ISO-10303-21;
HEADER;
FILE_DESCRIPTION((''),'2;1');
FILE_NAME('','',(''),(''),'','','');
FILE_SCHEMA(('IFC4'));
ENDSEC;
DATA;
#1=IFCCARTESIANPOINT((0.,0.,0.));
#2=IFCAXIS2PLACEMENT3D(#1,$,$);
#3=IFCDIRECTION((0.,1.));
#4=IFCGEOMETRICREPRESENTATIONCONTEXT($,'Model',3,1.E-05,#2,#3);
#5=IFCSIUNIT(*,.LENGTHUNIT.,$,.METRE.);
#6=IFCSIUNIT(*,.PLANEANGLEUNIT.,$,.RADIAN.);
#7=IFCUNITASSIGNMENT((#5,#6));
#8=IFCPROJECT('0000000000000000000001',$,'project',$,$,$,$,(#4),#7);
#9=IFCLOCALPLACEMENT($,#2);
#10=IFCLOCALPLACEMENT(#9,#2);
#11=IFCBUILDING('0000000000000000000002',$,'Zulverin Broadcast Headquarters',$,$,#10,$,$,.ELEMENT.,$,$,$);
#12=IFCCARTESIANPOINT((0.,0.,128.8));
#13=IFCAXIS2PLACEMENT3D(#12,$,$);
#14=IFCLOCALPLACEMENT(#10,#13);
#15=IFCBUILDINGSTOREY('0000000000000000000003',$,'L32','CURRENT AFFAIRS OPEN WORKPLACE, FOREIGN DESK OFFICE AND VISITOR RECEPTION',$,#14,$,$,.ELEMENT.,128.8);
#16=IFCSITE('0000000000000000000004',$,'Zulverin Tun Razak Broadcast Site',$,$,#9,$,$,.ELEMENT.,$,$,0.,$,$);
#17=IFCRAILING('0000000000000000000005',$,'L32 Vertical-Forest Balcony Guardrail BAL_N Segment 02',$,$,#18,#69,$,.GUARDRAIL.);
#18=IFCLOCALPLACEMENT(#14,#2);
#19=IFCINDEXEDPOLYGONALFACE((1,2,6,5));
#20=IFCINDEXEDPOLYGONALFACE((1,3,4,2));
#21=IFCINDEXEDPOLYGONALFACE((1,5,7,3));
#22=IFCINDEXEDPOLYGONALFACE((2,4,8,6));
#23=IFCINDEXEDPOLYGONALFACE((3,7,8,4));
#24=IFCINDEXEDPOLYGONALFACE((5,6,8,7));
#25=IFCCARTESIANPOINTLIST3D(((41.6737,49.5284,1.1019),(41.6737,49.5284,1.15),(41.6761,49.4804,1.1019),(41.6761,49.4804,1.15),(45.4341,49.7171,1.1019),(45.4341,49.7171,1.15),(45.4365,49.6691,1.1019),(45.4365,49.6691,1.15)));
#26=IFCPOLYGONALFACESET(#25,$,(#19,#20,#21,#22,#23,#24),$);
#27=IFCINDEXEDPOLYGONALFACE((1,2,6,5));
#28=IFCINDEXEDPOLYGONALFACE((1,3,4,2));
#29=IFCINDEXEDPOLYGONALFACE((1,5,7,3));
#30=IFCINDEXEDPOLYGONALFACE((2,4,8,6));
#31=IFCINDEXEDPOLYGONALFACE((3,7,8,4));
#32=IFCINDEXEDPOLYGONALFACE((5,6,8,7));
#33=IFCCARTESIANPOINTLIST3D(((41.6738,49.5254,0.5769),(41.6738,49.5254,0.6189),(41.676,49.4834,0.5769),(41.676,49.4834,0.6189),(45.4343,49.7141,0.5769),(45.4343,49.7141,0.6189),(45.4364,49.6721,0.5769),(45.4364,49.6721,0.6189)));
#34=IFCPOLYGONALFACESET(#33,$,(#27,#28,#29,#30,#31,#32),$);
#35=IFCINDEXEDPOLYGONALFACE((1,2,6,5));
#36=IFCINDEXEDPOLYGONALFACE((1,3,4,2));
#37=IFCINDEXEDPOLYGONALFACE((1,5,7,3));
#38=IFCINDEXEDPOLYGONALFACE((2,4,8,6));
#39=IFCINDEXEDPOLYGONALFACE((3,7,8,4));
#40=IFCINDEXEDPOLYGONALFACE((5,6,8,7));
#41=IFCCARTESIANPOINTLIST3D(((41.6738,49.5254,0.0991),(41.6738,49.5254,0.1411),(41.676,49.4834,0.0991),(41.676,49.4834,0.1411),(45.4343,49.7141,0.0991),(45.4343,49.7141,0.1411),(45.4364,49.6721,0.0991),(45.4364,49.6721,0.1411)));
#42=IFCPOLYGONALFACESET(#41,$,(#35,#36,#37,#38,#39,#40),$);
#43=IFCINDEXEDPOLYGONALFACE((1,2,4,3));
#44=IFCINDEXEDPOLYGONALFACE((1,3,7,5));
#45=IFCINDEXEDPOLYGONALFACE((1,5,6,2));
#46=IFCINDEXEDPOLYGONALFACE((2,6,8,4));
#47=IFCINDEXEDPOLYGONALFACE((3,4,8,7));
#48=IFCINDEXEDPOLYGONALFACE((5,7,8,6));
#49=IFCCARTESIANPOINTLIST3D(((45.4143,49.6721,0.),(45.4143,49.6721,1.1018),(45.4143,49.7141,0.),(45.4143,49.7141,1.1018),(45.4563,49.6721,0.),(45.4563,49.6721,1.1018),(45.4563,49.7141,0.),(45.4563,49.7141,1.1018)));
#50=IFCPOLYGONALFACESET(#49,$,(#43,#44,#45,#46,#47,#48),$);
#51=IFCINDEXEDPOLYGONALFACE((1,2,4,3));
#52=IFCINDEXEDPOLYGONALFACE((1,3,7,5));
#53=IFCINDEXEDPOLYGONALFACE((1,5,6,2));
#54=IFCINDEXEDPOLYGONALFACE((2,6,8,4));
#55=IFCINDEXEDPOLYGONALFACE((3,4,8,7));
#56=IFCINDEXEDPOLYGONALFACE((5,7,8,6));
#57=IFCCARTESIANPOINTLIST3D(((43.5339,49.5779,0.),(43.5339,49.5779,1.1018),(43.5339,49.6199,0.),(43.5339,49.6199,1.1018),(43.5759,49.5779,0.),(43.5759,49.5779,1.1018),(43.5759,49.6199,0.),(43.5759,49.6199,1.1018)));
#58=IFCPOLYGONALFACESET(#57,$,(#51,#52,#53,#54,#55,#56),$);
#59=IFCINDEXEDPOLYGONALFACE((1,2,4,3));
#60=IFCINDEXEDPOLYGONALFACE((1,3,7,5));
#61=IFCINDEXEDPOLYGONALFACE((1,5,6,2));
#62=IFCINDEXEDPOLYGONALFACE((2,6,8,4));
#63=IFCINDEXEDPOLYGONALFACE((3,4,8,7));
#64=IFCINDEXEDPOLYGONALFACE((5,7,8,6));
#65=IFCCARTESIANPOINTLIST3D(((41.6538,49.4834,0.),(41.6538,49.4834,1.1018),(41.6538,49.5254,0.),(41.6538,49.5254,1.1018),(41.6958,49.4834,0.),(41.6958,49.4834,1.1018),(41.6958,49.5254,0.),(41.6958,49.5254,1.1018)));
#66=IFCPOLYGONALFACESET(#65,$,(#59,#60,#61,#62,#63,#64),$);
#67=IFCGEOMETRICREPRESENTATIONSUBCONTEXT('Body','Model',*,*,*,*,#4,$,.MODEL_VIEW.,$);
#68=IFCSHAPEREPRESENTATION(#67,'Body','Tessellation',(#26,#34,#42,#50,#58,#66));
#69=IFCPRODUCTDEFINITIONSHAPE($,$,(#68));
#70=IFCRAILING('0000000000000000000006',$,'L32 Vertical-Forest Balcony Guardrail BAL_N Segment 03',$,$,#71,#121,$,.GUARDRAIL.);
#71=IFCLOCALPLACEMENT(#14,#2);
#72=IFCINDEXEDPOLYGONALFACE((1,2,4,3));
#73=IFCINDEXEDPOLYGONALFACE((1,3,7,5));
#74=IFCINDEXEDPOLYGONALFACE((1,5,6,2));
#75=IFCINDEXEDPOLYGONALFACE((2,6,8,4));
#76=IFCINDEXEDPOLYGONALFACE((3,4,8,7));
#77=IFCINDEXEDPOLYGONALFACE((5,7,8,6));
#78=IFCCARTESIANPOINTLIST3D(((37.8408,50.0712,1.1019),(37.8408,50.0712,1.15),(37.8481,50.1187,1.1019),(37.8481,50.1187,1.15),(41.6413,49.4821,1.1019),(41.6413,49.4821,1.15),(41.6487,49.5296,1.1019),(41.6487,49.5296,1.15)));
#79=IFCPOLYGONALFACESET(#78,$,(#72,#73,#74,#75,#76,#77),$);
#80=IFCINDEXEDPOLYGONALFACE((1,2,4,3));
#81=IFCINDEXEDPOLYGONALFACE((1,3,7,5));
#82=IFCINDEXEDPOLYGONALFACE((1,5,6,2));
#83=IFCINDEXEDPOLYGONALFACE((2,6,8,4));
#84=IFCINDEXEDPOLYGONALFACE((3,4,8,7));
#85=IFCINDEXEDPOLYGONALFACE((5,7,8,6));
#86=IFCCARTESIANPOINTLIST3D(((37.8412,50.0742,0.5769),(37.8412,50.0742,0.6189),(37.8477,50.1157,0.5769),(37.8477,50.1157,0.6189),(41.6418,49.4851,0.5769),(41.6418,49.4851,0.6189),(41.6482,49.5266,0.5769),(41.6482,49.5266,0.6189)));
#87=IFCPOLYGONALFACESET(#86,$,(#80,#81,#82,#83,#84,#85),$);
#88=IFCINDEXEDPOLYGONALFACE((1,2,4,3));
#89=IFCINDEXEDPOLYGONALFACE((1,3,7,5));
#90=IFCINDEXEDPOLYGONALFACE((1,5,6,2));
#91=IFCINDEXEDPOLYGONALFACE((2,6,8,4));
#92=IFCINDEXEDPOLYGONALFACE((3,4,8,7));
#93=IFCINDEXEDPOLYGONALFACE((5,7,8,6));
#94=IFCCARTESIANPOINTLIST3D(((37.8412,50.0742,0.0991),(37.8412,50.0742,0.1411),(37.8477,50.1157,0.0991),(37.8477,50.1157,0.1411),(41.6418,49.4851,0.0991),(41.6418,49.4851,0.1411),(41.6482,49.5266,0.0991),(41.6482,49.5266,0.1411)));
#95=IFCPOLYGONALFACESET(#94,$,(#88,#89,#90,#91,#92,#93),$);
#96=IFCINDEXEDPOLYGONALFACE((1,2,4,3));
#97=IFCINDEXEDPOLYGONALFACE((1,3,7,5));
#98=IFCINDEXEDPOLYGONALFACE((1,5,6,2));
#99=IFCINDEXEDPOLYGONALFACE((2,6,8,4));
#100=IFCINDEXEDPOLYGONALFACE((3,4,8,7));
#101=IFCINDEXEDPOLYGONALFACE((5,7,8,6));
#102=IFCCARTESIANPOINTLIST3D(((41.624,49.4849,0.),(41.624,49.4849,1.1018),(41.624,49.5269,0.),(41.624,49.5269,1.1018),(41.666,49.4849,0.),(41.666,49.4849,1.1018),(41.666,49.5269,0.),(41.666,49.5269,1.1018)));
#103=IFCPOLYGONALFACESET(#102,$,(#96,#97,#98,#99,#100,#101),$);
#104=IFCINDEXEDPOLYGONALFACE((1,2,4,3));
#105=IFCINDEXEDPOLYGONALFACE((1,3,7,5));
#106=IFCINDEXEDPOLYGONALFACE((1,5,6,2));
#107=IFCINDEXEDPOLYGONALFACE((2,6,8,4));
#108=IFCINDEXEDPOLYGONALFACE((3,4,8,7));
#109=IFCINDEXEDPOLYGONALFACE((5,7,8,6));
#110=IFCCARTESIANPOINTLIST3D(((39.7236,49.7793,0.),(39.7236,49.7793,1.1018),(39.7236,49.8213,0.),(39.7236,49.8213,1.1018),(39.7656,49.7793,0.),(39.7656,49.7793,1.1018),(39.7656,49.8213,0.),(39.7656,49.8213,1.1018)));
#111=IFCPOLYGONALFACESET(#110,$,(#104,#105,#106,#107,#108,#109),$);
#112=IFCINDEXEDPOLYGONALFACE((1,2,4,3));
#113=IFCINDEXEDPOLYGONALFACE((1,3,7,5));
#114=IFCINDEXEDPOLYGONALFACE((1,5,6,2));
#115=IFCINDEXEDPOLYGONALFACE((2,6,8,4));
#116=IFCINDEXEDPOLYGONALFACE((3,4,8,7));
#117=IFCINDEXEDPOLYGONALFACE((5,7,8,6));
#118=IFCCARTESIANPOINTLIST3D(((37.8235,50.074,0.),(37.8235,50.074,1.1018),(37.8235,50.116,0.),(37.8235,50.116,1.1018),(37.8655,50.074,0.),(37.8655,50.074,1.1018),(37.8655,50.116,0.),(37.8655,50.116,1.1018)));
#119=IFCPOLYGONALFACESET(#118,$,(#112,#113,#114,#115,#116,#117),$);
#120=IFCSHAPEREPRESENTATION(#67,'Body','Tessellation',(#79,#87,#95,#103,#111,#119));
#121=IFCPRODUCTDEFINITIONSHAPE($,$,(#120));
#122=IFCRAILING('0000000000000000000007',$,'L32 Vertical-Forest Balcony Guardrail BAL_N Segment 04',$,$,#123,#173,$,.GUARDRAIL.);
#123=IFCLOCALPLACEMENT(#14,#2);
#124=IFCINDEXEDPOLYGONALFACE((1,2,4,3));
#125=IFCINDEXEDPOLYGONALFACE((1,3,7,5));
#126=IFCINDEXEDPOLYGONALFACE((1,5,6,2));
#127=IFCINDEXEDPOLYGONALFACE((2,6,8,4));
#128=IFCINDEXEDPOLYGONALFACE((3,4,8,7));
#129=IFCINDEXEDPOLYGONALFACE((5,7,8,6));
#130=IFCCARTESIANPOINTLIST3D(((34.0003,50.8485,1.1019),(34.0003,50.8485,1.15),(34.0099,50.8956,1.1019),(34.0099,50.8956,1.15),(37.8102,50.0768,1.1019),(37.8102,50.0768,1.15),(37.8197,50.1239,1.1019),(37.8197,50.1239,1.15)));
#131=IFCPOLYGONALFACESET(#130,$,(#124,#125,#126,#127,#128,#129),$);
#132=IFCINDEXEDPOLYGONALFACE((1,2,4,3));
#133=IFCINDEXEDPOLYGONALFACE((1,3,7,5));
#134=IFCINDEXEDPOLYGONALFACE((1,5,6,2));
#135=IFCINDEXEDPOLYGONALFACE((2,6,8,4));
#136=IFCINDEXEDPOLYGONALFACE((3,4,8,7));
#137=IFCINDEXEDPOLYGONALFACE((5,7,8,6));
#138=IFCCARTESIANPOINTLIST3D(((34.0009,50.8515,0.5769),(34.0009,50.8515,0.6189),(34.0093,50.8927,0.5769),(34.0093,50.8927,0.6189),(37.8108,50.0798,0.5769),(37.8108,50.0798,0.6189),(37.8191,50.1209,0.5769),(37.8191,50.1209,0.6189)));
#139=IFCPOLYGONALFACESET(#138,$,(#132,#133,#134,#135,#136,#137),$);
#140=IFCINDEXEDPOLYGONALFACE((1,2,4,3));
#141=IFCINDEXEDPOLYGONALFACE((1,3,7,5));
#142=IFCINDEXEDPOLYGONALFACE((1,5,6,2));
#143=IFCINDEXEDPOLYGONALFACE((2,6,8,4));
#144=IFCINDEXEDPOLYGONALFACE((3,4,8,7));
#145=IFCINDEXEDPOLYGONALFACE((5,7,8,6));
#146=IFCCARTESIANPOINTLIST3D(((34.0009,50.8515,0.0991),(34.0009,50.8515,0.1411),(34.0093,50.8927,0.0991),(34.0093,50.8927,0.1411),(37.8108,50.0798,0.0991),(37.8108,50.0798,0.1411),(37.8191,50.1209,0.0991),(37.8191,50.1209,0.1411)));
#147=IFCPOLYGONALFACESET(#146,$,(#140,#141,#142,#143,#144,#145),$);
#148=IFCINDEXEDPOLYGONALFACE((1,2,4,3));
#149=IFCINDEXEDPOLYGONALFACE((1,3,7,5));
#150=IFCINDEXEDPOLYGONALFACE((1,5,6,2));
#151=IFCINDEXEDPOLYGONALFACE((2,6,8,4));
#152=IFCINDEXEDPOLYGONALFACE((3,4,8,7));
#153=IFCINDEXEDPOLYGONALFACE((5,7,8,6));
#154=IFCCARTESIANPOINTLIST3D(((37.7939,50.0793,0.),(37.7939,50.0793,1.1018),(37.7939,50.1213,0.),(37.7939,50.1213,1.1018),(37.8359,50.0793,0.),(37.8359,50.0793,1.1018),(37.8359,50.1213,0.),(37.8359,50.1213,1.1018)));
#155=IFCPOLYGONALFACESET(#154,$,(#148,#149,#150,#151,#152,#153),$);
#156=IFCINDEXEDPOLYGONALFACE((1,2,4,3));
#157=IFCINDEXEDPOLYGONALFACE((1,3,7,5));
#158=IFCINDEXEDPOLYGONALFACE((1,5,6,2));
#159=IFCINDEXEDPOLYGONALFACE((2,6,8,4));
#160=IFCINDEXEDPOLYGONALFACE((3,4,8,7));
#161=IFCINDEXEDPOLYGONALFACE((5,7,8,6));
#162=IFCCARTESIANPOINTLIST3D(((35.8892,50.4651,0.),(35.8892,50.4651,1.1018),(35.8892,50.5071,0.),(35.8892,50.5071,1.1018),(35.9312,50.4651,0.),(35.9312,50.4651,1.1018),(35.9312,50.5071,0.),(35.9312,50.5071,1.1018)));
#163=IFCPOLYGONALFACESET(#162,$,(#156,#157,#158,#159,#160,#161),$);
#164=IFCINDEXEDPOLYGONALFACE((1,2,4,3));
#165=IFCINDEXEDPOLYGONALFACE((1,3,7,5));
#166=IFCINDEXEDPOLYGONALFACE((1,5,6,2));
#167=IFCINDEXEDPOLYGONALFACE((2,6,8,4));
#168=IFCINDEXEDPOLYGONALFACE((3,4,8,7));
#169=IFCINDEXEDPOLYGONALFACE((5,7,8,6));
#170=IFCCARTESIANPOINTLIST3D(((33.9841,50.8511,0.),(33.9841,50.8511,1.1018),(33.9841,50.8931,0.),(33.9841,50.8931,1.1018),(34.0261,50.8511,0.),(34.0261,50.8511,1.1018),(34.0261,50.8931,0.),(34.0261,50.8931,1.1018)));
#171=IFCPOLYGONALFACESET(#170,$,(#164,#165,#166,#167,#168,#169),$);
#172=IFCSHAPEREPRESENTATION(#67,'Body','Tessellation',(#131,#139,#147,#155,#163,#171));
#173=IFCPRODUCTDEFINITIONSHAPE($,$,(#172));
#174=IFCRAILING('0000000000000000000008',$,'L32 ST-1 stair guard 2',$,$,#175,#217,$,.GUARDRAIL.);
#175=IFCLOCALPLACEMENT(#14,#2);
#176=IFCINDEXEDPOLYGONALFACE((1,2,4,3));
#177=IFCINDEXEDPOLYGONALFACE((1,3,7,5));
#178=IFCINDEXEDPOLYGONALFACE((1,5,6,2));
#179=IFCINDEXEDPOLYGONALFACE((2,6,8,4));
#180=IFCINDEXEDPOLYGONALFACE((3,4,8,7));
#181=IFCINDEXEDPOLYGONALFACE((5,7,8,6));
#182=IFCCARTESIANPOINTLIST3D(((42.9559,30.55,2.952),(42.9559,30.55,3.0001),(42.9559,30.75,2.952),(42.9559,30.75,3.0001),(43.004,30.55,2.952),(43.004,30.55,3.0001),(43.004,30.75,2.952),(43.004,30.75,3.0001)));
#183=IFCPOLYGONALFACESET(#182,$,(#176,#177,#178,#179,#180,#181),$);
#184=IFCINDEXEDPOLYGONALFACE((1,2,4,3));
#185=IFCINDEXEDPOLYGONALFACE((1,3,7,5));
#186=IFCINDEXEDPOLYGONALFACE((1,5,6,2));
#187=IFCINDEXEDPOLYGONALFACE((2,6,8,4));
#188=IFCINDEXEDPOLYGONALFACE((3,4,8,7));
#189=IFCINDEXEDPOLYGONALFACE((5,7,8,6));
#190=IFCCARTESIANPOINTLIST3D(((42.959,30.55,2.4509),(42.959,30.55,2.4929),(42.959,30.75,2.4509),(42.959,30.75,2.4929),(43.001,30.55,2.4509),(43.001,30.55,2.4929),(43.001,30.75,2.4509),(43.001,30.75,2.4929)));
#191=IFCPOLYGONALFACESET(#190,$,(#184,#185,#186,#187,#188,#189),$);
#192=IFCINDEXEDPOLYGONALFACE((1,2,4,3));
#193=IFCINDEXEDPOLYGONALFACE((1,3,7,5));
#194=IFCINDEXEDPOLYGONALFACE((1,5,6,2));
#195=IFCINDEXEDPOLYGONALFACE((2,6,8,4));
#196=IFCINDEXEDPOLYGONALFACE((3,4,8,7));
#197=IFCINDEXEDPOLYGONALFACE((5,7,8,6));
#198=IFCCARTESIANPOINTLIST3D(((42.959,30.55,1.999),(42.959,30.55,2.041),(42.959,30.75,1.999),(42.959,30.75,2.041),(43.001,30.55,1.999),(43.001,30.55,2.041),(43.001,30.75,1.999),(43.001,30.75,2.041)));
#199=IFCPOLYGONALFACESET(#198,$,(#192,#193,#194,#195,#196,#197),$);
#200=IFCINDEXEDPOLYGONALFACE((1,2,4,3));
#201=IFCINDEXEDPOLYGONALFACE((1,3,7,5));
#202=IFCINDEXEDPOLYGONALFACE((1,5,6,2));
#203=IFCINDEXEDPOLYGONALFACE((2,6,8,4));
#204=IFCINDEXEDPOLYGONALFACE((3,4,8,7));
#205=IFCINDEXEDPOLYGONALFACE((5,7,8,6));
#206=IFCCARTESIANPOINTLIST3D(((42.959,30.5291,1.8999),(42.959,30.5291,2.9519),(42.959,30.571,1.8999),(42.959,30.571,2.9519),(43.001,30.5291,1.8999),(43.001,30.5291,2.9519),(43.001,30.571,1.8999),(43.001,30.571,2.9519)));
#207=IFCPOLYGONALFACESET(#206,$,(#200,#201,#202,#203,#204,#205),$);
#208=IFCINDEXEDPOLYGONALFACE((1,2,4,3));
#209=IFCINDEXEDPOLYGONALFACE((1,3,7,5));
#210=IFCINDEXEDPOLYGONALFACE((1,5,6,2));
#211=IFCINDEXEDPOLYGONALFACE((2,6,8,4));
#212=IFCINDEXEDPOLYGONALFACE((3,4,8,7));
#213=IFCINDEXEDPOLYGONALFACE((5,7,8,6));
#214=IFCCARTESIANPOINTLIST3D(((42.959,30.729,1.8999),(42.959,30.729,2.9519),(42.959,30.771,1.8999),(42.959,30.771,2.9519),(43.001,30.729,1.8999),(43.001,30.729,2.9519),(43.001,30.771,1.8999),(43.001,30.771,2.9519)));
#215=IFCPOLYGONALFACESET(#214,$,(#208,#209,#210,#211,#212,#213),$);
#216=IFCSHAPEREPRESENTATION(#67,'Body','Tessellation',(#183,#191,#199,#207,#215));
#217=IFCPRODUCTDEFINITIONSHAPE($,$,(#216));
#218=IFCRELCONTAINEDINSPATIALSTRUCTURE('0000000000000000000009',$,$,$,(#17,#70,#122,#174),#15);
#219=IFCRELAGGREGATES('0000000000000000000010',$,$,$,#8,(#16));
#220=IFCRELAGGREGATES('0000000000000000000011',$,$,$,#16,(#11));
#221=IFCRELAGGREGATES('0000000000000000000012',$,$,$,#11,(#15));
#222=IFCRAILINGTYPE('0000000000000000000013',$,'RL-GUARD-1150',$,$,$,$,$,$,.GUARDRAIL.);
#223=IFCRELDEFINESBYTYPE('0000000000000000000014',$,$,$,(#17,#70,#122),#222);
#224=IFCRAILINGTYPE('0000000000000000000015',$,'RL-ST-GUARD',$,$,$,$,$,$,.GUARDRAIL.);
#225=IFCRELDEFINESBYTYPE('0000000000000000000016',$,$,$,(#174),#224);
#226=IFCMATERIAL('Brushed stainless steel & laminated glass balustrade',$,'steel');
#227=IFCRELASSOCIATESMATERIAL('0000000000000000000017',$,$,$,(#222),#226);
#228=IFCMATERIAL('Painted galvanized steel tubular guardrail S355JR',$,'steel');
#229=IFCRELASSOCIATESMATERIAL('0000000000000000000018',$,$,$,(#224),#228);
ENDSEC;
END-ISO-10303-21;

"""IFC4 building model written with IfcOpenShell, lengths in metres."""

from ifc_helpers import new_model, si_unit, direction, frame, origin, origin_2d, place, context, subcontext, project, spatial, rectangle, extrude, material, type_object, element, save


model = new_model("IFC4")

# Units and contexts
model_context = context("Model", 3, precision=1e-05, world=origin(), true_north=direction((0.0, 1.0)))
body_context = subcontext(model_context, "Body", "Model", "MODEL_VIEW")
ifc_project = project(units=[si_unit("LENGTHUNIT", "METRE"), si_unit("PLANEANGLEUNIT", "RADIAN")], contexts=[model_context])

# Site, building, storey
site_placement = place(None, origin())
site = spatial("IfcSite", under=ifc_project, at=site_placement, Name="Zulverin Tun Razak Broadcast Site", CompositionType="ELEMENT", RefElevation=0.0)
building_placement = place(site_placement, origin())
building = spatial("IfcBuilding", under=site, at=building_placement, Name="Zulverin Broadcast Headquarters", CompositionType="ELEMENT")
storey_placement = place(building_placement, frame((0.0, 0.0, 128.8)))
storey = spatial("IfcBuildingStorey", under=building, at=storey_placement, Name="L32", Description="CURRENT AFFAIRS OPEN WORKPLACE, FOREIGN DESK OFFICE AND VISITOR RECEPTION", CompositionType="ELEMENT", Elevation=128.8)

# Railings
ifc_material_1 = material(Name="Brushed stainless steel & laminated glass balustrade", Category="steel")
railing_type_1 = type_object("IfcRailingType", Name="RL-GUARD-1150", PredefinedType="GUARDRAIL", material=ifc_material_1)
railing_1_placement = place(storey_placement, frame((45.4353, 49.6931, 0.0)))
element("IfcRailing", 1, at=railing_1_placement, inside=storey, type_object=railing_type_1, Name="L32 Vertical-Forest Balcony Guardrail BAL_N Segment 02", PredefinedType="GUARDRAIL", context=body_context, shape_type="SweptSolid", body=[
    extrude(rectangle(XDim=0.0481, YDim=0.0481, at=origin_2d()), frame((0.0, 0.0, 1.126), z_axis=(-0.998743, -0.050122, 0.0), x_axis=(0.050122, -0.998743, 0.0)), (0.0, 0.0, 1.0), 3.7651),
    extrude(rectangle(XDim=0.042, YDim=0.042, at=origin_2d()), frame((0.0, 0.0, 0.5979), z_axis=(-0.998743, -0.050122, 0.0), x_axis=(0.050122, -0.998743, 0.0)), (0.0, 0.0, 1.0), 3.7651),
    extrude(rectangle(XDim=0.042, YDim=0.042, at=origin_2d()), frame((0.0, 0.0, 0.1201), z_axis=(-0.998743, -0.050122, 0.0), x_axis=(0.050122, -0.998743, 0.0)), (0.0, 0.0, 1.0), 3.7651),
    extrude(rectangle(XDim=0.042, YDim=0.042, at=origin_2d()), origin(), (0.0, 0.0, 1.0), 1.1018),
    extrude(rectangle(XDim=0.042, YDim=0.042, at=origin_2d()), frame((-1.8804, -0.0942, 0.0)), (0.0, 0.0, 1.0), 1.1018),
    extrude(rectangle(XDim=0.042, YDim=0.042, at=origin_2d()), frame((-3.7605, -0.1887, 0.0)), (0.0, 0.0, 1.0), 1.1018),
])
railing_2_placement = place(storey_placement, frame((41.645, 49.5059, 0.0)))
element("IfcRailing", 2, at=railing_2_placement, inside=storey, type_object=railing_type_1, Name="L32 Vertical-Forest Balcony Guardrail BAL_N Segment 03", PredefinedType="GUARDRAIL", context=body_context, shape_type="SweptSolid", body=[
    extrude(rectangle(XDim=0.0481, YDim=0.0481, at=origin_2d()), frame((0.0, 0.0, 1.126), z_axis=(-0.988199, 0.153178, 0.0), x_axis=(-0.153178, -0.988199, 0.0)), (0.0, 0.0, 1.0), 3.8459),
    extrude(rectangle(XDim=0.042, YDim=0.042, at=origin_2d()), frame((0.0, 0.0, 0.5979), z_axis=(-0.988199, 0.153178, 0.0), x_axis=(-0.153178, -0.988199, 0.0)), (0.0, 0.0, 1.0), 3.8459),
    extrude(rectangle(XDim=0.042, YDim=0.042, at=origin_2d()), frame((0.0, 0.0, 0.1201), z_axis=(-0.988199, 0.153178, 0.0), x_axis=(-0.153178, -0.988199, 0.0)), (0.0, 0.0, 1.0), 3.8459),
    extrude(rectangle(XDim=0.042, YDim=0.042, at=origin_2d()), origin(), (0.0, 0.0, 1.0), 1.1018),
    extrude(rectangle(XDim=0.042, YDim=0.042, at=origin_2d()), frame((-1.9004, 0.2944, 0.0)), (0.0, 0.0, 1.0), 1.1018),
    extrude(rectangle(XDim=0.042, YDim=0.042, at=origin_2d()), frame((-3.8005, 0.5891, 0.0)), (0.0, 0.0, 1.0), 1.1018),
])
railing_3_placement = place(storey_placement, frame((37.8149, 50.1003, 0.0)))
element("IfcRailing", 3, at=railing_3_placement, inside=storey, type_object=railing_type_1, Name="L32 Vertical-Forest Balcony Guardrail BAL_N Segment 04", PredefinedType="GUARDRAIL", context=body_context, shape_type="SweptSolid", body=[
    extrude(rectangle(XDim=0.0481, YDim=0.0481, at=origin_2d()), frame((0.0, 0.0, 1.126), z_axis=(-0.980095, 0.198531, 0.0), x_axis=(-0.198531, -0.980095, 0.0)), (0.0, 0.0, 1.0), 3.8872),
    extrude(rectangle(XDim=0.042, YDim=0.042, at=origin_2d()), frame((0.0, 0.0, 0.5979), z_axis=(-0.980095, 0.198531, 0.0), x_axis=(-0.198531, -0.980095, 0.0)), (0.0, 0.0, 1.0), 3.8872),
    extrude(rectangle(XDim=0.042, YDim=0.042, at=origin_2d()), frame((0.0, 0.0, 0.1201), z_axis=(-0.980095, 0.198531, 0.0), x_axis=(-0.198531, -0.980095, 0.0)), (0.0, 0.0, 1.0), 3.8872),
    extrude(rectangle(XDim=0.042, YDim=0.042, at=origin_2d()), origin(), (0.0, 0.0, 1.0), 1.1018),
    extrude(rectangle(XDim=0.042, YDim=0.042, at=origin_2d()), frame((-1.9048, 0.3857, 0.0)), (0.0, 0.0, 1.0), 1.1018),
    extrude(rectangle(XDim=0.042, YDim=0.042, at=origin_2d()), frame((-3.8098, 0.7717, 0.0)), (0.0, 0.0, 1.0), 1.1018),
])
ifc_material_2 = material(Name="Painted galvanized steel tubular guardrail S355JR", Category="steel")
railing_type_2 = type_object("IfcRailingType", Name="RL-ST-GUARD", PredefinedType="GUARDRAIL", material=ifc_material_2)
railing_4_placement = place(storey_placement, frame((42.98, 30.55, 1.8999)))
element("IfcRailing", 4, at=railing_4_placement, inside=storey, type_object=railing_type_2, Name="L32 ST-1 stair guard 2", PredefinedType="GUARDRAIL", context=body_context, shape_type="SweptSolid", body=[
    extrude(rectangle(XDim=0.0481, YDim=0.0481, at=origin_2d()), frame((0.0, 0.0, 1.0762), z_axis=(0.0, 1.0, 0.0), x_axis=(-1.0, 0.0, 0.0)), (0.0, 0.0, 1.0), 0.2),
    extrude(rectangle(XDim=0.042, YDim=0.042, at=origin_2d()), frame((0.0, 0.0, 0.572), z_axis=(0.0, 1.0, 0.0), x_axis=(-1.0, 0.0, 0.0)), (0.0, 0.0, 1.0), 0.2),
    extrude(rectangle(XDim=0.042, YDim=0.042, at=origin_2d()), frame((0.0, 0.0, 0.1201), z_axis=(0.0, 1.0, 0.0), x_axis=(-1.0, 0.0, 0.0)), (0.0, 0.0, 1.0), 0.2),
    extrude(rectangle(XDim=0.042, YDim=0.042, at=origin_2d()), origin(), (0.0, 0.0, 1.0), 1.052),
    extrude(rectangle(XDim=0.042, YDim=0.042, at=origin_2d()), frame((0.0, 0.2, 0.0)), (0.0, 0.0, 1.0), 1.052),
])

save(model, "model.ifc")
